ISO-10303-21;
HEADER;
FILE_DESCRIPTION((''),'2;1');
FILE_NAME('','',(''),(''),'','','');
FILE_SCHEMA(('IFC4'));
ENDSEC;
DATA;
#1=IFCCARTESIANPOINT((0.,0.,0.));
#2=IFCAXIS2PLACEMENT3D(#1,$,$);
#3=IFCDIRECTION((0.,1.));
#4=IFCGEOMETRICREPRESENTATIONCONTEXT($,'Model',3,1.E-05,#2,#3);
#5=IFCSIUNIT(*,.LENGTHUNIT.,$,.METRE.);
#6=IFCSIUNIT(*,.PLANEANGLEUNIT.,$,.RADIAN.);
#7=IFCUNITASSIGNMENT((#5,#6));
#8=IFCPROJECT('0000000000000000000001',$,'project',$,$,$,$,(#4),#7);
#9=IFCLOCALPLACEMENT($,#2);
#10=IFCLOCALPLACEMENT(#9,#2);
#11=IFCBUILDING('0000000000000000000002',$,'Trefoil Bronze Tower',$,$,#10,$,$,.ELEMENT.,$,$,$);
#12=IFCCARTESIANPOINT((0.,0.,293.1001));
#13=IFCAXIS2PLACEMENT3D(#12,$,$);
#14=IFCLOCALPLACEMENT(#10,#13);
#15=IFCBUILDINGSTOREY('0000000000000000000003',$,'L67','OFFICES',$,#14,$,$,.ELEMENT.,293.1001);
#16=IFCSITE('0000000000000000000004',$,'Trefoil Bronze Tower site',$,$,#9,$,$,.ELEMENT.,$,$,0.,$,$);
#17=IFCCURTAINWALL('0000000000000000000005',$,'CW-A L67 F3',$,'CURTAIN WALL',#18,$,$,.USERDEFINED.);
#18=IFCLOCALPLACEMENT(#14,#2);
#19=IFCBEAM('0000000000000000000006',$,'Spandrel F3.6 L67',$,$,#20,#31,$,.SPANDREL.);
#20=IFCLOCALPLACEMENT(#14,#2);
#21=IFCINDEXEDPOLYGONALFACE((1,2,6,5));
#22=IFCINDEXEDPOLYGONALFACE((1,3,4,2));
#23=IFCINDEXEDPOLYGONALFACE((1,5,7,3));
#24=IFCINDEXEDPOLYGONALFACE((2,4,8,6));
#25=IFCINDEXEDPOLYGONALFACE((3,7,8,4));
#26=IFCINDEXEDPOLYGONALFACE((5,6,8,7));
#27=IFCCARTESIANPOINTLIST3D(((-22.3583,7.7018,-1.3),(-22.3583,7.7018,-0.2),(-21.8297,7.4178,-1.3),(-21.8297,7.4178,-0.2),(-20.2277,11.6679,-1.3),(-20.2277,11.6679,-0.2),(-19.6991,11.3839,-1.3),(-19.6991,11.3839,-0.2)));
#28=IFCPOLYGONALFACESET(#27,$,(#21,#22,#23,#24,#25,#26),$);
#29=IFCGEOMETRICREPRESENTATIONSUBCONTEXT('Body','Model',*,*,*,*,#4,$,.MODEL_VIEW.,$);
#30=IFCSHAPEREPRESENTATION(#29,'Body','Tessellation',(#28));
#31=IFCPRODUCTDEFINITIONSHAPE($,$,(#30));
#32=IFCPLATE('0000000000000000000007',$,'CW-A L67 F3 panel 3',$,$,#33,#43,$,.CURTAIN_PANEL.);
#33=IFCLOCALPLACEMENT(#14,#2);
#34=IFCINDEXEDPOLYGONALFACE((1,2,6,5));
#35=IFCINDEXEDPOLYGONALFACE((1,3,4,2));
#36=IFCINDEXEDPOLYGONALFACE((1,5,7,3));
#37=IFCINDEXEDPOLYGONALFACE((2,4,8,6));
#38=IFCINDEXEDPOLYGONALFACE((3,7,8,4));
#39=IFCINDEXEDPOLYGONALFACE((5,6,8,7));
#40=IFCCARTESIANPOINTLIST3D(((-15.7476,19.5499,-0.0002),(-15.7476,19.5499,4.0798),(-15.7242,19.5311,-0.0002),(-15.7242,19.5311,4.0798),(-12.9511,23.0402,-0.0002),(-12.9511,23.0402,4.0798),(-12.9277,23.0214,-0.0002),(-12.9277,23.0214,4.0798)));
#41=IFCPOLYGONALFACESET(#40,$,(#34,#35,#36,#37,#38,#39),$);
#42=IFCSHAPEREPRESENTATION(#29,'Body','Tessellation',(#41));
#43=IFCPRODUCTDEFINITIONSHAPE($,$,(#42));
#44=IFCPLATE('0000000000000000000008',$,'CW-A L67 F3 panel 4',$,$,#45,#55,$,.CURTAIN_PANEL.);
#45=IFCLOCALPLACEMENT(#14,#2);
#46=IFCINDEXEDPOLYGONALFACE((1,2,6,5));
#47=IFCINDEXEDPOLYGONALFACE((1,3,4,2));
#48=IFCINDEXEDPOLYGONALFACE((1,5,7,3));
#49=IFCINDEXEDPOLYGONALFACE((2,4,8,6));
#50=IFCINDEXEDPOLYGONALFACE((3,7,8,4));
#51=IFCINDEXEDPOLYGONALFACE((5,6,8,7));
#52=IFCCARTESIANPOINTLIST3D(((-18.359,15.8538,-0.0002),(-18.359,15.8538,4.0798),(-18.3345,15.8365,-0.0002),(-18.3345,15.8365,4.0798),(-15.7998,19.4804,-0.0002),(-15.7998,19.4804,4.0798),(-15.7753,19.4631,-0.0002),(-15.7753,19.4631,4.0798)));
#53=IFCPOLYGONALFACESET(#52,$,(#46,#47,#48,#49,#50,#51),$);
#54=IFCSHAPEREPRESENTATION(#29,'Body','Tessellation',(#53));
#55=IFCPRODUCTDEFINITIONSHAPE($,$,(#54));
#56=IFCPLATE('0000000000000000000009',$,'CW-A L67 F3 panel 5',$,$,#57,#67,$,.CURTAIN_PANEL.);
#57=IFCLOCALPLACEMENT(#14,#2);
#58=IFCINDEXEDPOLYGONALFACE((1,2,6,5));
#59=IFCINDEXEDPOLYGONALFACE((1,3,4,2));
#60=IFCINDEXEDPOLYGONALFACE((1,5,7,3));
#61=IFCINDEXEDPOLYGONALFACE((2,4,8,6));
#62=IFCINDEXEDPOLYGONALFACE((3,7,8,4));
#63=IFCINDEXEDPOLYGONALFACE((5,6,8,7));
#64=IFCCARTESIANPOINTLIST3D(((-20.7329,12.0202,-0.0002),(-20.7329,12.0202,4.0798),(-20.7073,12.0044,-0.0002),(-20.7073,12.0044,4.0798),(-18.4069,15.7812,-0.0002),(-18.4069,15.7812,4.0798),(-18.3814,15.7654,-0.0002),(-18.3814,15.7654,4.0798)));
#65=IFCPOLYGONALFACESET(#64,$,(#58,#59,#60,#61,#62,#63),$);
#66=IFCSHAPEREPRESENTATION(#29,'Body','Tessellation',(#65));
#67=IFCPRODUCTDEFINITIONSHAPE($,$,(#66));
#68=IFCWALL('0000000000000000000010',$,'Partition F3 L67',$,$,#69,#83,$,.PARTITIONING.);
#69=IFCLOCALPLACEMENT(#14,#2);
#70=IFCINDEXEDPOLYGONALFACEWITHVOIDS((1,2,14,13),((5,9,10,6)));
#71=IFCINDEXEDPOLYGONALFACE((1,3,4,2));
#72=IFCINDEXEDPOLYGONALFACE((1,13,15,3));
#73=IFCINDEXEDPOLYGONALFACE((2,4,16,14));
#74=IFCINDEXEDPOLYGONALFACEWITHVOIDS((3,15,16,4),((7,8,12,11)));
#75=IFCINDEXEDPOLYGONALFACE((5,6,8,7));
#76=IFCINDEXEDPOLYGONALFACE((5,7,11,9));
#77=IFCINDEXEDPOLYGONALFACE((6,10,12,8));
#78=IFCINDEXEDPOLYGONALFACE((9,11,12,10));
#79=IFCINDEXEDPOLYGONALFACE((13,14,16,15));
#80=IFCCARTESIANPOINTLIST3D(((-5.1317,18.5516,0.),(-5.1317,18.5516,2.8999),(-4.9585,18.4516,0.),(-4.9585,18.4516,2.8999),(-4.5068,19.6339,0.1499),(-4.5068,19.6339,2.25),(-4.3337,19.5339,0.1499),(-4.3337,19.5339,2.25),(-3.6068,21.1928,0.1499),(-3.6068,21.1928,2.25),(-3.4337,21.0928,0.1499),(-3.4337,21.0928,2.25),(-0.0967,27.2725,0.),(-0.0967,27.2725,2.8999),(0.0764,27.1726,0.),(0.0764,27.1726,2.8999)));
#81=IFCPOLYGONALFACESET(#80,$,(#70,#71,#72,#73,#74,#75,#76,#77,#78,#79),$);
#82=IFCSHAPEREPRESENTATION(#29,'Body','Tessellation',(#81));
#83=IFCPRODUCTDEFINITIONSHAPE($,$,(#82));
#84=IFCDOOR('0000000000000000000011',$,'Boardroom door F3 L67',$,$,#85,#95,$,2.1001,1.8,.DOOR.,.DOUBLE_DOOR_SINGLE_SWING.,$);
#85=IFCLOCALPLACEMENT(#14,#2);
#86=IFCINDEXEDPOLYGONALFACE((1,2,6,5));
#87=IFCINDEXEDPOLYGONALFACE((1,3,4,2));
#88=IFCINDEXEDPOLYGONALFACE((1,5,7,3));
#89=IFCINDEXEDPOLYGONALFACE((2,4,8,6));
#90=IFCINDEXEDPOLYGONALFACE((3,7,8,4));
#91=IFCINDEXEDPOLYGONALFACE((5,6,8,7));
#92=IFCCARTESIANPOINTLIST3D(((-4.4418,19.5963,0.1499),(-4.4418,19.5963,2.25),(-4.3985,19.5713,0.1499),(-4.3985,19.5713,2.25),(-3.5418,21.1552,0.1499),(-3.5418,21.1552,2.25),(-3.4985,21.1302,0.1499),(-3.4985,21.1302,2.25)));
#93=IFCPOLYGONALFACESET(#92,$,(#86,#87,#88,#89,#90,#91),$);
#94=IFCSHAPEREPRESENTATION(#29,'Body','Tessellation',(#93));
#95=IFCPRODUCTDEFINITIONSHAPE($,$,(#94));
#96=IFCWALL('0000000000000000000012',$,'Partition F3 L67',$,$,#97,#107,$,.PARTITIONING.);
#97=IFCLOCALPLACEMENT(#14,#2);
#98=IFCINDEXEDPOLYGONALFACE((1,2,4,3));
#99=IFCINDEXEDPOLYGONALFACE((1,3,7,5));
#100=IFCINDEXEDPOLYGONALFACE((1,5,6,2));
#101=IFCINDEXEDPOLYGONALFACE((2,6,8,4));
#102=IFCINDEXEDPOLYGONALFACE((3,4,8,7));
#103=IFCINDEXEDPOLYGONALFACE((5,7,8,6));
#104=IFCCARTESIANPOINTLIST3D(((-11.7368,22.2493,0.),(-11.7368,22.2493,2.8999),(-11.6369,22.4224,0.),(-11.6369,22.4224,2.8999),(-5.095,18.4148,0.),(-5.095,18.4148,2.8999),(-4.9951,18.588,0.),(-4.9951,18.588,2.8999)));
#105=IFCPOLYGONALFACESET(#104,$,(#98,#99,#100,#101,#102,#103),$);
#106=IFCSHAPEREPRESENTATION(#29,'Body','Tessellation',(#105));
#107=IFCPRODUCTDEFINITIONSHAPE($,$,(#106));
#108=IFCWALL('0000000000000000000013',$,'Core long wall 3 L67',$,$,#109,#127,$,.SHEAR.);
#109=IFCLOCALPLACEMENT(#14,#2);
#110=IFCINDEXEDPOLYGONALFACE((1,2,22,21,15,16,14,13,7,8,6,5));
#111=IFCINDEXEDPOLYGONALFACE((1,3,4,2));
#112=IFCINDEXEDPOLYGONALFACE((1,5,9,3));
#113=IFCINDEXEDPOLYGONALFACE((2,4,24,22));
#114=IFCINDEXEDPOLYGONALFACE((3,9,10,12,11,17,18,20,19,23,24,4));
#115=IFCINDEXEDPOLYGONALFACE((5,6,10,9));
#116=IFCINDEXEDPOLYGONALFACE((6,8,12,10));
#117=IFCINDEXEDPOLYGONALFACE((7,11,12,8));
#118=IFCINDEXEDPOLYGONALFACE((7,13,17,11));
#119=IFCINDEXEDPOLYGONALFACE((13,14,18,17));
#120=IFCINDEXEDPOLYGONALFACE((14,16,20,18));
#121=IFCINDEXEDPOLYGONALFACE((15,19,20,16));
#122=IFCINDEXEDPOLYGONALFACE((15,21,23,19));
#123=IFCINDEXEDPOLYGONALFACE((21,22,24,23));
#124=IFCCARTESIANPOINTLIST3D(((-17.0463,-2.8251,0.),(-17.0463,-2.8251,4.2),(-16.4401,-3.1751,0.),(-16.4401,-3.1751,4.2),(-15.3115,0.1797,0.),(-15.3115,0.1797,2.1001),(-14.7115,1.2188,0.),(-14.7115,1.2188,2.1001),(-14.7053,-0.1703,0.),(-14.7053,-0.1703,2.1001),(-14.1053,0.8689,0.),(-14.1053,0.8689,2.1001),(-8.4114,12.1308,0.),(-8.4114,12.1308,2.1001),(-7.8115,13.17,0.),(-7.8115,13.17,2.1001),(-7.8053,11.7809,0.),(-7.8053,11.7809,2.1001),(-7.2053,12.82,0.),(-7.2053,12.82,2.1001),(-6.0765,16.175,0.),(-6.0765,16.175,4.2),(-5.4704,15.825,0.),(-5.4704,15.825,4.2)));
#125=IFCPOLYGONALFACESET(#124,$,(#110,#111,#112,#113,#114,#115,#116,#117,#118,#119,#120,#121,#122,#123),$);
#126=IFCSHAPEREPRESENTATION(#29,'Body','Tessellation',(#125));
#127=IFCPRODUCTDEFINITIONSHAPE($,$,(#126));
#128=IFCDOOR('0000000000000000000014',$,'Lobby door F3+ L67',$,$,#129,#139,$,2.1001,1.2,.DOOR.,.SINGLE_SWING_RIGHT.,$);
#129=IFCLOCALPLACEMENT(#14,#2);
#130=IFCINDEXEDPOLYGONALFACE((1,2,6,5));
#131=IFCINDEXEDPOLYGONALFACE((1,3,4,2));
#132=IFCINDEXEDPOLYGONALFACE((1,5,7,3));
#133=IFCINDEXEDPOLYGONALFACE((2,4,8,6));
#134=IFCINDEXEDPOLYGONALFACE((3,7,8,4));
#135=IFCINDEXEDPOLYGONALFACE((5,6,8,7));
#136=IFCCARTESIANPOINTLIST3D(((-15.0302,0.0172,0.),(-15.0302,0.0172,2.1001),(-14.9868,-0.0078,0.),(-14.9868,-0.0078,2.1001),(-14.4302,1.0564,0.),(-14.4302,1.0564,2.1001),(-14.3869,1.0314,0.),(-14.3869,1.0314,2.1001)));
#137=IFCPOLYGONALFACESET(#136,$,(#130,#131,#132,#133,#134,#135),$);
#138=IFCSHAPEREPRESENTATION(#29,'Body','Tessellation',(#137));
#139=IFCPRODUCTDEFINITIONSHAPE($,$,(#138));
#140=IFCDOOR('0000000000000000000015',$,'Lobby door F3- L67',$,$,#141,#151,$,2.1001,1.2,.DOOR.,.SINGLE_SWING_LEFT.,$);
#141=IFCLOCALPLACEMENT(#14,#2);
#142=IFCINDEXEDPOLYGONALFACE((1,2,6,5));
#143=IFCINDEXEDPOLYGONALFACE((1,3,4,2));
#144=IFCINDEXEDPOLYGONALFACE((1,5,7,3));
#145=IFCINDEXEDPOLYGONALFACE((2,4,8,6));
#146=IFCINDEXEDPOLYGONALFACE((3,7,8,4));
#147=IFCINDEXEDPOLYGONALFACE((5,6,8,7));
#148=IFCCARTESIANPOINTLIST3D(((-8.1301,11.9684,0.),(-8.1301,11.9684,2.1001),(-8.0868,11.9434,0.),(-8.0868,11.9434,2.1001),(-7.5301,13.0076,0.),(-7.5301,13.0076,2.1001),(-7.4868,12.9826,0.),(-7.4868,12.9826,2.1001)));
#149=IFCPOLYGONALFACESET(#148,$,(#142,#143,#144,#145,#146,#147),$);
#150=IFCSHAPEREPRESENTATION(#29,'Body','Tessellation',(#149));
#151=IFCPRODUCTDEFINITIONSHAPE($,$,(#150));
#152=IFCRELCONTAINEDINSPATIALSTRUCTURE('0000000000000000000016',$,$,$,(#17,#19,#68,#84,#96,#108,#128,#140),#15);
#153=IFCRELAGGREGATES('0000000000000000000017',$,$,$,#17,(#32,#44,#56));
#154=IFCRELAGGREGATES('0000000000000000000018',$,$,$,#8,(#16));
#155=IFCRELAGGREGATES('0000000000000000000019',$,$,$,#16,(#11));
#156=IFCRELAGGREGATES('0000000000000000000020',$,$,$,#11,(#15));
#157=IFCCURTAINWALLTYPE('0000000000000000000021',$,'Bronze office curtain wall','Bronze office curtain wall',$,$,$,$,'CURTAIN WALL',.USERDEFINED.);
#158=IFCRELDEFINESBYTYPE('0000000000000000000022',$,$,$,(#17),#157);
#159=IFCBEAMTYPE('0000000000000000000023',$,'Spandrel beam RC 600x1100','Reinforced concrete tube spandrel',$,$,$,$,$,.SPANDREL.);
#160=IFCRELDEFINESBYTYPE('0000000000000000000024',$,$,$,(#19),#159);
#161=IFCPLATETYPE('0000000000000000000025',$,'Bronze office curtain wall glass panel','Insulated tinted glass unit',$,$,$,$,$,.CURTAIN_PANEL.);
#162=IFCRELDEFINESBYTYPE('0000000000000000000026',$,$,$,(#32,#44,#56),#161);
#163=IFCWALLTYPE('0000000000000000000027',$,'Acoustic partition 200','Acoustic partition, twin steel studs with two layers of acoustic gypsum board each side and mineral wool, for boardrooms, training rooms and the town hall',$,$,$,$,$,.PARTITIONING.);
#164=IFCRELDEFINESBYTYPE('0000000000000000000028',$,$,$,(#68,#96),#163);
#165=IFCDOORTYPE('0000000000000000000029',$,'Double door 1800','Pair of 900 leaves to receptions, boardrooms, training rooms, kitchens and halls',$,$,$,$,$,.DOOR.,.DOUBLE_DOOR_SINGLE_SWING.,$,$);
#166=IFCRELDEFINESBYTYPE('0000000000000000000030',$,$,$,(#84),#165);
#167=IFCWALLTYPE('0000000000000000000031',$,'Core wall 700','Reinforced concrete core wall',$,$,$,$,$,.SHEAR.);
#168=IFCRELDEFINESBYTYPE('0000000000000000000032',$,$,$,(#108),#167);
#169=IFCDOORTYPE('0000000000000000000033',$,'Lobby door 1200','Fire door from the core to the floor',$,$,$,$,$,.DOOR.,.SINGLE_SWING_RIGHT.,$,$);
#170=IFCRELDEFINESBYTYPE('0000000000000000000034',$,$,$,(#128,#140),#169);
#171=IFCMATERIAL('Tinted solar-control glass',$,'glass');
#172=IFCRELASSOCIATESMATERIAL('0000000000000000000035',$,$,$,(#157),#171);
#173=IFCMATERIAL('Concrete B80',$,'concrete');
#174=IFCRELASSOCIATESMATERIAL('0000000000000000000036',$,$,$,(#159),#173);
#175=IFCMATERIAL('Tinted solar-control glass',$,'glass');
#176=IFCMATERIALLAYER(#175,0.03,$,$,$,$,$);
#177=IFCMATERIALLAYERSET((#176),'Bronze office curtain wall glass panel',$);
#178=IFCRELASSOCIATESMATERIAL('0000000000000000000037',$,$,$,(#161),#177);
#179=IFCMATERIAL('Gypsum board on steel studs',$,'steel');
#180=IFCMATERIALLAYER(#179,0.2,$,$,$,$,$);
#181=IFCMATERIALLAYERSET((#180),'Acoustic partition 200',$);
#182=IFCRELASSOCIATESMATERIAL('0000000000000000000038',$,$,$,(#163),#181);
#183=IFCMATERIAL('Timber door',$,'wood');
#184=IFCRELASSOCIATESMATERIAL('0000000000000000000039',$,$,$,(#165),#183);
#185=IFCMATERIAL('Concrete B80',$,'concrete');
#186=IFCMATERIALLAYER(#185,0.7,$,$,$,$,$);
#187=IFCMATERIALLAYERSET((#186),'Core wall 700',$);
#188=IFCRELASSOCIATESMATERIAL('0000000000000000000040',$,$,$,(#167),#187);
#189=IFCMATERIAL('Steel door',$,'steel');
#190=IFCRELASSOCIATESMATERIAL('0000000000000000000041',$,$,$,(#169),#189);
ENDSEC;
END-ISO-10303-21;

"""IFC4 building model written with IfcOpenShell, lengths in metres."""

from ifc_helpers import new_model, si_unit, direction, frame, frame_2d, origin, origin_2d, place, context, subcontext, project, spatial, rectangle, extrude, material, layer, layer_set, material_profile, profile_set, type_object, element, fill, aggregate, save


model = new_model("IFC4")

# Units and contexts
model_context = context("Model", 3, precision=1e-05, world=origin(), true_north=direction((0.0, 1.0)))
body_context = subcontext(model_context, "Body", "Model", "MODEL_VIEW")
ifc_project = project(units=[si_unit("LENGTHUNIT", "METRE"), si_unit("PLANEANGLEUNIT", "RADIAN")], contexts=[model_context])

# Site, building, storey
site_placement = place(None, origin())
site = spatial("IfcSite", under=ifc_project, at=site_placement, Name="Trefoil Bronze Tower site", CompositionType="ELEMENT", RefElevation=0.0)
building_placement = place(site_placement, origin())
building = spatial("IfcBuilding", under=site, at=building_placement, Name="Trefoil Bronze Tower", CompositionType="ELEMENT")
storey_placement = place(building_placement, frame((0.0, 0.0, 293.1001)))
storey = spatial("IfcBuildingStorey", under=building, at=storey_placement, Name="L67", Description="OFFICES", CompositionType="ELEMENT", Elevation=293.1001)

# Curtain wall
ifc_material_1 = material(Name="Tinted solar-control glass", Category="glass")
curtain_wall_type = type_object("IfcCurtainWallType", Name="Bronze office curtain wall", Description="Bronze office curtain wall", ElementType="CURTAIN WALL", PredefinedType="USERDEFINED", material=ifc_material_1)
curtain_wall_placement = place(storey_placement, origin())
curtain_wall = element("IfcCurtainWall", 1, at=curtain_wall_placement, inside=storey, type_object=curtain_wall_type, Name="CW-A L67 F3", ObjectType="CURTAIN WALL", PredefinedType="USERDEFINED")

# Beam
ifc_material_2 = material(Name="Concrete B80", Category="concrete")
ifc_material_profile_1 = material_profile(ifc_material_2, rectangle(XDim=0.6001, YDim=1.1001, at=origin_2d()), Name="RC 600x1100")
ifc_profile_set_1 = profile_set([ifc_material_profile_1], Name="Concrete B80")
beam_type_1 = type_object("IfcBeamType", Name="Spandrel beam RC 600x1100", Description="Reinforced concrete tube spandrel", PredefinedType="SPANDREL", material=ifc_profile_set_1)
beam_1_placement = place(storey_placement, frame((-19.9634, 11.5259, -0.75), z_axis=(-0.473246, -0.88093, 0.0), x_axis=(0.88093, -0.473246, 0.0)))
element("IfcBeam", 2, at=beam_1_placement, inside=storey, type_object=beam_type_1, Name="Spandrel F3.6 L67", PredefinedType="SPANDREL", context=body_context, shape_type="SweptSolid", body=[
    extrude(rectangle(XDim=0.6001, YDim=1.1001, at=origin_2d()), origin(), (0.0, 0.0, 1.0), 4.5022),
])

# Plates
ifc_material_3 = material(Name="Tinted solar-control glass", Category="glass")
ifc_layer_1 = layer(ifc_material_3, 0.03)
ifc_layer_set_1 = layer_set([ifc_layer_1], Name="Bronze office curtain wall glass panel")
plate_type = type_object("IfcPlateType", Name="Bronze office curtain wall glass panel", Description="Insulated tinted glass unit", PredefinedType="CURTAIN_PANEL", material=ifc_layer_set_1)
plate_1_placement = place(storey_placement, frame((-14.3376, 21.2856, -0.0002), z_axis=(0.0, 0.0, 1.0), x_axis=(-0.625287, -0.780395, 0.0)))
plate_1 = element("IfcPlate", 3, at=plate_1_placement, type_object=plate_type, Name="CW-A L67 F3 panel 3", PredefinedType="CURTAIN_PANEL", context=body_context, shape_type="SweptSolid", body=[
    extrude(rectangle(XDim=4.4724, YDim=0.03, at=origin_2d()), origin(), (0.0, 0.0, 1.0), 4.0801),
])
plate_2_placement = place(storey_placement, frame((-17.0671, 17.6584, -0.0002), z_axis=(0.0, 0.0, 1.0), x_axis=(-0.576561, -0.817054, 0.0)))
plate_2 = element("IfcPlate", 4, at=plate_2_placement, type_object=plate_type, Name="CW-A L67 F3 panel 4", PredefinedType="CURTAIN_PANEL", context=body_context, shape_type="SweptSolid", body=[
    extrude(rectangle(XDim=4.4387, YDim=0.03, at=origin_2d()), origin(), (0.0, 0.0, 1.0), 4.0801),
])
plate_3_placement = place(storey_placement, frame((-19.5571, 13.8928, -0.0002), z_axis=(0.0, 0.0, 1.0), x_axis=(-0.52598, -0.850497, 0.0)))
plate_3 = element("IfcPlate", 5, at=plate_3_placement, type_object=plate_type, Name="CW-A L67 F3 panel 5", PredefinedType="CURTAIN_PANEL", context=body_context, shape_type="SweptSolid", body=[
    extrude(rectangle(XDim=4.4221, YDim=0.03, at=origin_2d()), origin(), (0.0, 0.0, 1.0), 4.0801),
])
aggregate(curtain_wall, [plate_1, plate_2, plate_3])

# Wall, opening, door
ifc_material_4 = material(Name="Gypsum board on steel studs", Category="steel")
ifc_layer_2 = layer(ifc_material_4, 0.2)
ifc_layer_set_2 = layer_set([ifc_layer_2], Name="Acoustic partition 200")
wall_type_1 = type_object("IfcWallType", Name="Acoustic partition 200", Description="Acoustic partition, twin steel studs with two layers of acoustic gypsum board each side and mineral wool, for boardrooms, training rooms and the town hall", PredefinedType="PARTITIONING", material=ifc_layer_set_2)
wall_1_placement = place(storey_placement, frame((-5.0452, 18.5015, 0.0), z_axis=(0.0, 0.0, 1.0), x_axis=(0.49999, 0.866031, 0.0)))
wall_1 = element("IfcWall", 6, at=wall_1_placement, inside=storey, type_object=wall_type_1, Name="Partition F3 L67", PredefinedType="PARTITIONING", context=body_context, shape_type="SweptSolid", body=[
    extrude(rectangle(XDim=10.0701, YDim=0.2, at=frame_2d((5.0352, 0.0))), origin(), (0.0, 0.0, 1.0), 2.8999),
])
opening_1_placement = place(wall_1_placement, frame((1.25, 0.0, 0.1499)))
opening_1 = element("IfcOpeningElement", 7, at=opening_1_placement, cuts=wall_1, PredefinedType="OPENING", context=body_context, shape_type="SweptSolid", body=[
    extrude(rectangle(XDim=1.8, YDim=2.1001, at=frame_2d((0.8999, 1.05))), frame((0.0, 0.1099, 0.0), z_axis=(0.0, -1.0, 0.0), x_axis=(1.0, 0.0, 0.0)), (0.0, 0.0, 1.0), 0.22),
])
ifc_material_5 = material(Name="Timber door", Category="wood")
door_type_1 = type_object("IfcDoorType", Name="Double door 1800", Description="Pair of 900 leaves to receptions, boardrooms, training rooms, kitchens and halls", OperationType="DOUBLE_DOOR_SINGLE_SWING", PredefinedType="DOOR", material=ifc_material_5)
door_1_placement = place(opening_1_placement, origin())
door_1 = element("IfcDoor", 8, at=door_1_placement, inside=storey, type_object=door_type_1, Name="Boardroom door F3 L67", OperationType="DOUBLE_DOOR_SINGLE_SWING", OverallHeight=2.1001, OverallWidth=1.8, PredefinedType="DOOR", context=body_context, shape_type="SweptSolid", body=[
    extrude(rectangle(XDim=1.8, YDim=2.1001, at=frame_2d((0.8999, 1.05))), frame((0.0, 0.0249, 0.0), z_axis=(0.0, -1.0, 0.0), x_axis=(1.0, 0.0, 0.0)), (0.0, 0.0, 1.0), 0.05),
])
fill(opening_1, door_1)

# Wall
wall_2_placement = place(storey_placement, frame((-5.0452, 18.5015, 0.0), z_axis=(0.0, 0.0, 1.0), x_axis=(-0.866037, 0.499981, 0.0)))
element("IfcWall", 9, at=wall_2_placement, inside=storey, type_object=wall_type_1, Name="Partition F3 L67", PredefinedType="PARTITIONING", context=body_context, shape_type="SweptSolid", body=[
    extrude(rectangle(XDim=7.6692, YDim=0.2, at=frame_2d((3.8345, 0.0))), origin(), (0.0, 0.0, 1.0), 2.8999),
])

# Wall, openings, doors
ifc_material_6 = material(Name="Concrete B80", Category="concrete")
ifc_layer_3 = layer(ifc_material_6, 0.7)
ifc_layer_set_3 = layer_set([ifc_layer_3], Name="Core wall 700")
wall_type_2 = type_object("IfcWallType", Name="Core wall 700", Description="Reinforced concrete core wall", PredefinedType="SHEAR", material=ifc_layer_set_3)
wall_3_placement = place(storey_placement, frame((-5.7734, 16.0, 0.0), z_axis=(0.0, 0.0, 1.0), x_axis=(-0.500002, -0.866024, 0.0)))
wall_3 = element("IfcWall", 10, at=wall_3_placement, inside=storey, type_object=wall_type_2, Name="Core long wall 3 L67", PredefinedType="SHEAR", context=body_context, shape_type="SweptSolid", body=[
    extrude(rectangle(XDim=21.9395, YDim=0.7, at=frame_2d((10.9697, 0.0))), origin(), (0.0, 0.0, 1.0), 4.2),
])
opening_2_placement = place(wall_3_placement, frame((17.2698, 0.0, 0.0)))
opening_2 = element("IfcOpeningElement", 11, at=opening_2_placement, cuts=wall_3, PredefinedType="OPENING", context=body_context, shape_type="SweptSolid", body=[
    extrude(rectangle(XDim=1.2, YDim=2.1001, at=frame_2d((0.6001, 1.05))), frame((0.0, 0.3599, 0.0), z_axis=(0.0, -1.0, 0.0), x_axis=(1.0, 0.0, 0.0)), (0.0, 0.0, 1.0), 0.72),
])
opening_3_placement = place(wall_3_placement, frame((3.4697, 0.0, 0.0)))
opening_3 = element("IfcOpeningElement", 12, at=opening_3_placement, cuts=wall_3, PredefinedType="OPENING", context=body_context, shape_type="SweptSolid", body=[
    extrude(rectangle(XDim=1.2, YDim=2.1001, at=frame_2d((0.6001, 1.05))), frame((0.0, 0.3599, 0.0), z_axis=(0.0, -1.0, 0.0), x_axis=(1.0, 0.0, 0.0)), (0.0, 0.0, 1.0), 0.72),
])
ifc_material_7 = material(Name="Steel door", Category="steel")
door_type_2 = type_object("IfcDoorType", Name="Lobby door 1200", Description="Fire door from the core to the floor", OperationType="SINGLE_SWING_RIGHT", PredefinedType="DOOR", material=ifc_material_7)
door_2_placement = place(opening_2_placement, origin())
door_2 = element("IfcDoor", 13, at=door_2_placement, inside=storey, type_object=door_type_2, Name="Lobby door F3+ L67", OperationType="SINGLE_SWING_RIGHT", OverallHeight=2.1001, OverallWidth=1.2, PredefinedType="DOOR", context=body_context, shape_type="SweptSolid", body=[
    extrude(rectangle(XDim=1.2, YDim=2.1001, at=frame_2d((0.6001, 1.05))), frame((0.0, 0.0249, 0.0), z_axis=(0.0, -1.0, 0.0), x_axis=(1.0, 0.0, 0.0)), (0.0, 0.0, 1.0), 0.05),
])
fill(opening_2, door_2)
door_3_placement = place(opening_3_placement, origin())
door_3 = element("IfcDoor", 14, at=door_3_placement, inside=storey, type_object=door_type_2, Name="Lobby door F3- L67", OperationType="SINGLE_SWING_LEFT", OverallHeight=2.1001, OverallWidth=1.2, PredefinedType="DOOR", context=body_context, shape_type="SweptSolid", body=[
    extrude(rectangle(XDim=1.2, YDim=2.1001, at=frame_2d((0.6001, 1.05))), frame((0.0, 0.0249, 0.0), z_axis=(0.0, -1.0, 0.0), x_axis=(1.0, 0.0, 0.0)), (0.0, 0.0, 1.0), 0.05),
])
fill(opening_3, door_3)

save(model, "model.ifc")
